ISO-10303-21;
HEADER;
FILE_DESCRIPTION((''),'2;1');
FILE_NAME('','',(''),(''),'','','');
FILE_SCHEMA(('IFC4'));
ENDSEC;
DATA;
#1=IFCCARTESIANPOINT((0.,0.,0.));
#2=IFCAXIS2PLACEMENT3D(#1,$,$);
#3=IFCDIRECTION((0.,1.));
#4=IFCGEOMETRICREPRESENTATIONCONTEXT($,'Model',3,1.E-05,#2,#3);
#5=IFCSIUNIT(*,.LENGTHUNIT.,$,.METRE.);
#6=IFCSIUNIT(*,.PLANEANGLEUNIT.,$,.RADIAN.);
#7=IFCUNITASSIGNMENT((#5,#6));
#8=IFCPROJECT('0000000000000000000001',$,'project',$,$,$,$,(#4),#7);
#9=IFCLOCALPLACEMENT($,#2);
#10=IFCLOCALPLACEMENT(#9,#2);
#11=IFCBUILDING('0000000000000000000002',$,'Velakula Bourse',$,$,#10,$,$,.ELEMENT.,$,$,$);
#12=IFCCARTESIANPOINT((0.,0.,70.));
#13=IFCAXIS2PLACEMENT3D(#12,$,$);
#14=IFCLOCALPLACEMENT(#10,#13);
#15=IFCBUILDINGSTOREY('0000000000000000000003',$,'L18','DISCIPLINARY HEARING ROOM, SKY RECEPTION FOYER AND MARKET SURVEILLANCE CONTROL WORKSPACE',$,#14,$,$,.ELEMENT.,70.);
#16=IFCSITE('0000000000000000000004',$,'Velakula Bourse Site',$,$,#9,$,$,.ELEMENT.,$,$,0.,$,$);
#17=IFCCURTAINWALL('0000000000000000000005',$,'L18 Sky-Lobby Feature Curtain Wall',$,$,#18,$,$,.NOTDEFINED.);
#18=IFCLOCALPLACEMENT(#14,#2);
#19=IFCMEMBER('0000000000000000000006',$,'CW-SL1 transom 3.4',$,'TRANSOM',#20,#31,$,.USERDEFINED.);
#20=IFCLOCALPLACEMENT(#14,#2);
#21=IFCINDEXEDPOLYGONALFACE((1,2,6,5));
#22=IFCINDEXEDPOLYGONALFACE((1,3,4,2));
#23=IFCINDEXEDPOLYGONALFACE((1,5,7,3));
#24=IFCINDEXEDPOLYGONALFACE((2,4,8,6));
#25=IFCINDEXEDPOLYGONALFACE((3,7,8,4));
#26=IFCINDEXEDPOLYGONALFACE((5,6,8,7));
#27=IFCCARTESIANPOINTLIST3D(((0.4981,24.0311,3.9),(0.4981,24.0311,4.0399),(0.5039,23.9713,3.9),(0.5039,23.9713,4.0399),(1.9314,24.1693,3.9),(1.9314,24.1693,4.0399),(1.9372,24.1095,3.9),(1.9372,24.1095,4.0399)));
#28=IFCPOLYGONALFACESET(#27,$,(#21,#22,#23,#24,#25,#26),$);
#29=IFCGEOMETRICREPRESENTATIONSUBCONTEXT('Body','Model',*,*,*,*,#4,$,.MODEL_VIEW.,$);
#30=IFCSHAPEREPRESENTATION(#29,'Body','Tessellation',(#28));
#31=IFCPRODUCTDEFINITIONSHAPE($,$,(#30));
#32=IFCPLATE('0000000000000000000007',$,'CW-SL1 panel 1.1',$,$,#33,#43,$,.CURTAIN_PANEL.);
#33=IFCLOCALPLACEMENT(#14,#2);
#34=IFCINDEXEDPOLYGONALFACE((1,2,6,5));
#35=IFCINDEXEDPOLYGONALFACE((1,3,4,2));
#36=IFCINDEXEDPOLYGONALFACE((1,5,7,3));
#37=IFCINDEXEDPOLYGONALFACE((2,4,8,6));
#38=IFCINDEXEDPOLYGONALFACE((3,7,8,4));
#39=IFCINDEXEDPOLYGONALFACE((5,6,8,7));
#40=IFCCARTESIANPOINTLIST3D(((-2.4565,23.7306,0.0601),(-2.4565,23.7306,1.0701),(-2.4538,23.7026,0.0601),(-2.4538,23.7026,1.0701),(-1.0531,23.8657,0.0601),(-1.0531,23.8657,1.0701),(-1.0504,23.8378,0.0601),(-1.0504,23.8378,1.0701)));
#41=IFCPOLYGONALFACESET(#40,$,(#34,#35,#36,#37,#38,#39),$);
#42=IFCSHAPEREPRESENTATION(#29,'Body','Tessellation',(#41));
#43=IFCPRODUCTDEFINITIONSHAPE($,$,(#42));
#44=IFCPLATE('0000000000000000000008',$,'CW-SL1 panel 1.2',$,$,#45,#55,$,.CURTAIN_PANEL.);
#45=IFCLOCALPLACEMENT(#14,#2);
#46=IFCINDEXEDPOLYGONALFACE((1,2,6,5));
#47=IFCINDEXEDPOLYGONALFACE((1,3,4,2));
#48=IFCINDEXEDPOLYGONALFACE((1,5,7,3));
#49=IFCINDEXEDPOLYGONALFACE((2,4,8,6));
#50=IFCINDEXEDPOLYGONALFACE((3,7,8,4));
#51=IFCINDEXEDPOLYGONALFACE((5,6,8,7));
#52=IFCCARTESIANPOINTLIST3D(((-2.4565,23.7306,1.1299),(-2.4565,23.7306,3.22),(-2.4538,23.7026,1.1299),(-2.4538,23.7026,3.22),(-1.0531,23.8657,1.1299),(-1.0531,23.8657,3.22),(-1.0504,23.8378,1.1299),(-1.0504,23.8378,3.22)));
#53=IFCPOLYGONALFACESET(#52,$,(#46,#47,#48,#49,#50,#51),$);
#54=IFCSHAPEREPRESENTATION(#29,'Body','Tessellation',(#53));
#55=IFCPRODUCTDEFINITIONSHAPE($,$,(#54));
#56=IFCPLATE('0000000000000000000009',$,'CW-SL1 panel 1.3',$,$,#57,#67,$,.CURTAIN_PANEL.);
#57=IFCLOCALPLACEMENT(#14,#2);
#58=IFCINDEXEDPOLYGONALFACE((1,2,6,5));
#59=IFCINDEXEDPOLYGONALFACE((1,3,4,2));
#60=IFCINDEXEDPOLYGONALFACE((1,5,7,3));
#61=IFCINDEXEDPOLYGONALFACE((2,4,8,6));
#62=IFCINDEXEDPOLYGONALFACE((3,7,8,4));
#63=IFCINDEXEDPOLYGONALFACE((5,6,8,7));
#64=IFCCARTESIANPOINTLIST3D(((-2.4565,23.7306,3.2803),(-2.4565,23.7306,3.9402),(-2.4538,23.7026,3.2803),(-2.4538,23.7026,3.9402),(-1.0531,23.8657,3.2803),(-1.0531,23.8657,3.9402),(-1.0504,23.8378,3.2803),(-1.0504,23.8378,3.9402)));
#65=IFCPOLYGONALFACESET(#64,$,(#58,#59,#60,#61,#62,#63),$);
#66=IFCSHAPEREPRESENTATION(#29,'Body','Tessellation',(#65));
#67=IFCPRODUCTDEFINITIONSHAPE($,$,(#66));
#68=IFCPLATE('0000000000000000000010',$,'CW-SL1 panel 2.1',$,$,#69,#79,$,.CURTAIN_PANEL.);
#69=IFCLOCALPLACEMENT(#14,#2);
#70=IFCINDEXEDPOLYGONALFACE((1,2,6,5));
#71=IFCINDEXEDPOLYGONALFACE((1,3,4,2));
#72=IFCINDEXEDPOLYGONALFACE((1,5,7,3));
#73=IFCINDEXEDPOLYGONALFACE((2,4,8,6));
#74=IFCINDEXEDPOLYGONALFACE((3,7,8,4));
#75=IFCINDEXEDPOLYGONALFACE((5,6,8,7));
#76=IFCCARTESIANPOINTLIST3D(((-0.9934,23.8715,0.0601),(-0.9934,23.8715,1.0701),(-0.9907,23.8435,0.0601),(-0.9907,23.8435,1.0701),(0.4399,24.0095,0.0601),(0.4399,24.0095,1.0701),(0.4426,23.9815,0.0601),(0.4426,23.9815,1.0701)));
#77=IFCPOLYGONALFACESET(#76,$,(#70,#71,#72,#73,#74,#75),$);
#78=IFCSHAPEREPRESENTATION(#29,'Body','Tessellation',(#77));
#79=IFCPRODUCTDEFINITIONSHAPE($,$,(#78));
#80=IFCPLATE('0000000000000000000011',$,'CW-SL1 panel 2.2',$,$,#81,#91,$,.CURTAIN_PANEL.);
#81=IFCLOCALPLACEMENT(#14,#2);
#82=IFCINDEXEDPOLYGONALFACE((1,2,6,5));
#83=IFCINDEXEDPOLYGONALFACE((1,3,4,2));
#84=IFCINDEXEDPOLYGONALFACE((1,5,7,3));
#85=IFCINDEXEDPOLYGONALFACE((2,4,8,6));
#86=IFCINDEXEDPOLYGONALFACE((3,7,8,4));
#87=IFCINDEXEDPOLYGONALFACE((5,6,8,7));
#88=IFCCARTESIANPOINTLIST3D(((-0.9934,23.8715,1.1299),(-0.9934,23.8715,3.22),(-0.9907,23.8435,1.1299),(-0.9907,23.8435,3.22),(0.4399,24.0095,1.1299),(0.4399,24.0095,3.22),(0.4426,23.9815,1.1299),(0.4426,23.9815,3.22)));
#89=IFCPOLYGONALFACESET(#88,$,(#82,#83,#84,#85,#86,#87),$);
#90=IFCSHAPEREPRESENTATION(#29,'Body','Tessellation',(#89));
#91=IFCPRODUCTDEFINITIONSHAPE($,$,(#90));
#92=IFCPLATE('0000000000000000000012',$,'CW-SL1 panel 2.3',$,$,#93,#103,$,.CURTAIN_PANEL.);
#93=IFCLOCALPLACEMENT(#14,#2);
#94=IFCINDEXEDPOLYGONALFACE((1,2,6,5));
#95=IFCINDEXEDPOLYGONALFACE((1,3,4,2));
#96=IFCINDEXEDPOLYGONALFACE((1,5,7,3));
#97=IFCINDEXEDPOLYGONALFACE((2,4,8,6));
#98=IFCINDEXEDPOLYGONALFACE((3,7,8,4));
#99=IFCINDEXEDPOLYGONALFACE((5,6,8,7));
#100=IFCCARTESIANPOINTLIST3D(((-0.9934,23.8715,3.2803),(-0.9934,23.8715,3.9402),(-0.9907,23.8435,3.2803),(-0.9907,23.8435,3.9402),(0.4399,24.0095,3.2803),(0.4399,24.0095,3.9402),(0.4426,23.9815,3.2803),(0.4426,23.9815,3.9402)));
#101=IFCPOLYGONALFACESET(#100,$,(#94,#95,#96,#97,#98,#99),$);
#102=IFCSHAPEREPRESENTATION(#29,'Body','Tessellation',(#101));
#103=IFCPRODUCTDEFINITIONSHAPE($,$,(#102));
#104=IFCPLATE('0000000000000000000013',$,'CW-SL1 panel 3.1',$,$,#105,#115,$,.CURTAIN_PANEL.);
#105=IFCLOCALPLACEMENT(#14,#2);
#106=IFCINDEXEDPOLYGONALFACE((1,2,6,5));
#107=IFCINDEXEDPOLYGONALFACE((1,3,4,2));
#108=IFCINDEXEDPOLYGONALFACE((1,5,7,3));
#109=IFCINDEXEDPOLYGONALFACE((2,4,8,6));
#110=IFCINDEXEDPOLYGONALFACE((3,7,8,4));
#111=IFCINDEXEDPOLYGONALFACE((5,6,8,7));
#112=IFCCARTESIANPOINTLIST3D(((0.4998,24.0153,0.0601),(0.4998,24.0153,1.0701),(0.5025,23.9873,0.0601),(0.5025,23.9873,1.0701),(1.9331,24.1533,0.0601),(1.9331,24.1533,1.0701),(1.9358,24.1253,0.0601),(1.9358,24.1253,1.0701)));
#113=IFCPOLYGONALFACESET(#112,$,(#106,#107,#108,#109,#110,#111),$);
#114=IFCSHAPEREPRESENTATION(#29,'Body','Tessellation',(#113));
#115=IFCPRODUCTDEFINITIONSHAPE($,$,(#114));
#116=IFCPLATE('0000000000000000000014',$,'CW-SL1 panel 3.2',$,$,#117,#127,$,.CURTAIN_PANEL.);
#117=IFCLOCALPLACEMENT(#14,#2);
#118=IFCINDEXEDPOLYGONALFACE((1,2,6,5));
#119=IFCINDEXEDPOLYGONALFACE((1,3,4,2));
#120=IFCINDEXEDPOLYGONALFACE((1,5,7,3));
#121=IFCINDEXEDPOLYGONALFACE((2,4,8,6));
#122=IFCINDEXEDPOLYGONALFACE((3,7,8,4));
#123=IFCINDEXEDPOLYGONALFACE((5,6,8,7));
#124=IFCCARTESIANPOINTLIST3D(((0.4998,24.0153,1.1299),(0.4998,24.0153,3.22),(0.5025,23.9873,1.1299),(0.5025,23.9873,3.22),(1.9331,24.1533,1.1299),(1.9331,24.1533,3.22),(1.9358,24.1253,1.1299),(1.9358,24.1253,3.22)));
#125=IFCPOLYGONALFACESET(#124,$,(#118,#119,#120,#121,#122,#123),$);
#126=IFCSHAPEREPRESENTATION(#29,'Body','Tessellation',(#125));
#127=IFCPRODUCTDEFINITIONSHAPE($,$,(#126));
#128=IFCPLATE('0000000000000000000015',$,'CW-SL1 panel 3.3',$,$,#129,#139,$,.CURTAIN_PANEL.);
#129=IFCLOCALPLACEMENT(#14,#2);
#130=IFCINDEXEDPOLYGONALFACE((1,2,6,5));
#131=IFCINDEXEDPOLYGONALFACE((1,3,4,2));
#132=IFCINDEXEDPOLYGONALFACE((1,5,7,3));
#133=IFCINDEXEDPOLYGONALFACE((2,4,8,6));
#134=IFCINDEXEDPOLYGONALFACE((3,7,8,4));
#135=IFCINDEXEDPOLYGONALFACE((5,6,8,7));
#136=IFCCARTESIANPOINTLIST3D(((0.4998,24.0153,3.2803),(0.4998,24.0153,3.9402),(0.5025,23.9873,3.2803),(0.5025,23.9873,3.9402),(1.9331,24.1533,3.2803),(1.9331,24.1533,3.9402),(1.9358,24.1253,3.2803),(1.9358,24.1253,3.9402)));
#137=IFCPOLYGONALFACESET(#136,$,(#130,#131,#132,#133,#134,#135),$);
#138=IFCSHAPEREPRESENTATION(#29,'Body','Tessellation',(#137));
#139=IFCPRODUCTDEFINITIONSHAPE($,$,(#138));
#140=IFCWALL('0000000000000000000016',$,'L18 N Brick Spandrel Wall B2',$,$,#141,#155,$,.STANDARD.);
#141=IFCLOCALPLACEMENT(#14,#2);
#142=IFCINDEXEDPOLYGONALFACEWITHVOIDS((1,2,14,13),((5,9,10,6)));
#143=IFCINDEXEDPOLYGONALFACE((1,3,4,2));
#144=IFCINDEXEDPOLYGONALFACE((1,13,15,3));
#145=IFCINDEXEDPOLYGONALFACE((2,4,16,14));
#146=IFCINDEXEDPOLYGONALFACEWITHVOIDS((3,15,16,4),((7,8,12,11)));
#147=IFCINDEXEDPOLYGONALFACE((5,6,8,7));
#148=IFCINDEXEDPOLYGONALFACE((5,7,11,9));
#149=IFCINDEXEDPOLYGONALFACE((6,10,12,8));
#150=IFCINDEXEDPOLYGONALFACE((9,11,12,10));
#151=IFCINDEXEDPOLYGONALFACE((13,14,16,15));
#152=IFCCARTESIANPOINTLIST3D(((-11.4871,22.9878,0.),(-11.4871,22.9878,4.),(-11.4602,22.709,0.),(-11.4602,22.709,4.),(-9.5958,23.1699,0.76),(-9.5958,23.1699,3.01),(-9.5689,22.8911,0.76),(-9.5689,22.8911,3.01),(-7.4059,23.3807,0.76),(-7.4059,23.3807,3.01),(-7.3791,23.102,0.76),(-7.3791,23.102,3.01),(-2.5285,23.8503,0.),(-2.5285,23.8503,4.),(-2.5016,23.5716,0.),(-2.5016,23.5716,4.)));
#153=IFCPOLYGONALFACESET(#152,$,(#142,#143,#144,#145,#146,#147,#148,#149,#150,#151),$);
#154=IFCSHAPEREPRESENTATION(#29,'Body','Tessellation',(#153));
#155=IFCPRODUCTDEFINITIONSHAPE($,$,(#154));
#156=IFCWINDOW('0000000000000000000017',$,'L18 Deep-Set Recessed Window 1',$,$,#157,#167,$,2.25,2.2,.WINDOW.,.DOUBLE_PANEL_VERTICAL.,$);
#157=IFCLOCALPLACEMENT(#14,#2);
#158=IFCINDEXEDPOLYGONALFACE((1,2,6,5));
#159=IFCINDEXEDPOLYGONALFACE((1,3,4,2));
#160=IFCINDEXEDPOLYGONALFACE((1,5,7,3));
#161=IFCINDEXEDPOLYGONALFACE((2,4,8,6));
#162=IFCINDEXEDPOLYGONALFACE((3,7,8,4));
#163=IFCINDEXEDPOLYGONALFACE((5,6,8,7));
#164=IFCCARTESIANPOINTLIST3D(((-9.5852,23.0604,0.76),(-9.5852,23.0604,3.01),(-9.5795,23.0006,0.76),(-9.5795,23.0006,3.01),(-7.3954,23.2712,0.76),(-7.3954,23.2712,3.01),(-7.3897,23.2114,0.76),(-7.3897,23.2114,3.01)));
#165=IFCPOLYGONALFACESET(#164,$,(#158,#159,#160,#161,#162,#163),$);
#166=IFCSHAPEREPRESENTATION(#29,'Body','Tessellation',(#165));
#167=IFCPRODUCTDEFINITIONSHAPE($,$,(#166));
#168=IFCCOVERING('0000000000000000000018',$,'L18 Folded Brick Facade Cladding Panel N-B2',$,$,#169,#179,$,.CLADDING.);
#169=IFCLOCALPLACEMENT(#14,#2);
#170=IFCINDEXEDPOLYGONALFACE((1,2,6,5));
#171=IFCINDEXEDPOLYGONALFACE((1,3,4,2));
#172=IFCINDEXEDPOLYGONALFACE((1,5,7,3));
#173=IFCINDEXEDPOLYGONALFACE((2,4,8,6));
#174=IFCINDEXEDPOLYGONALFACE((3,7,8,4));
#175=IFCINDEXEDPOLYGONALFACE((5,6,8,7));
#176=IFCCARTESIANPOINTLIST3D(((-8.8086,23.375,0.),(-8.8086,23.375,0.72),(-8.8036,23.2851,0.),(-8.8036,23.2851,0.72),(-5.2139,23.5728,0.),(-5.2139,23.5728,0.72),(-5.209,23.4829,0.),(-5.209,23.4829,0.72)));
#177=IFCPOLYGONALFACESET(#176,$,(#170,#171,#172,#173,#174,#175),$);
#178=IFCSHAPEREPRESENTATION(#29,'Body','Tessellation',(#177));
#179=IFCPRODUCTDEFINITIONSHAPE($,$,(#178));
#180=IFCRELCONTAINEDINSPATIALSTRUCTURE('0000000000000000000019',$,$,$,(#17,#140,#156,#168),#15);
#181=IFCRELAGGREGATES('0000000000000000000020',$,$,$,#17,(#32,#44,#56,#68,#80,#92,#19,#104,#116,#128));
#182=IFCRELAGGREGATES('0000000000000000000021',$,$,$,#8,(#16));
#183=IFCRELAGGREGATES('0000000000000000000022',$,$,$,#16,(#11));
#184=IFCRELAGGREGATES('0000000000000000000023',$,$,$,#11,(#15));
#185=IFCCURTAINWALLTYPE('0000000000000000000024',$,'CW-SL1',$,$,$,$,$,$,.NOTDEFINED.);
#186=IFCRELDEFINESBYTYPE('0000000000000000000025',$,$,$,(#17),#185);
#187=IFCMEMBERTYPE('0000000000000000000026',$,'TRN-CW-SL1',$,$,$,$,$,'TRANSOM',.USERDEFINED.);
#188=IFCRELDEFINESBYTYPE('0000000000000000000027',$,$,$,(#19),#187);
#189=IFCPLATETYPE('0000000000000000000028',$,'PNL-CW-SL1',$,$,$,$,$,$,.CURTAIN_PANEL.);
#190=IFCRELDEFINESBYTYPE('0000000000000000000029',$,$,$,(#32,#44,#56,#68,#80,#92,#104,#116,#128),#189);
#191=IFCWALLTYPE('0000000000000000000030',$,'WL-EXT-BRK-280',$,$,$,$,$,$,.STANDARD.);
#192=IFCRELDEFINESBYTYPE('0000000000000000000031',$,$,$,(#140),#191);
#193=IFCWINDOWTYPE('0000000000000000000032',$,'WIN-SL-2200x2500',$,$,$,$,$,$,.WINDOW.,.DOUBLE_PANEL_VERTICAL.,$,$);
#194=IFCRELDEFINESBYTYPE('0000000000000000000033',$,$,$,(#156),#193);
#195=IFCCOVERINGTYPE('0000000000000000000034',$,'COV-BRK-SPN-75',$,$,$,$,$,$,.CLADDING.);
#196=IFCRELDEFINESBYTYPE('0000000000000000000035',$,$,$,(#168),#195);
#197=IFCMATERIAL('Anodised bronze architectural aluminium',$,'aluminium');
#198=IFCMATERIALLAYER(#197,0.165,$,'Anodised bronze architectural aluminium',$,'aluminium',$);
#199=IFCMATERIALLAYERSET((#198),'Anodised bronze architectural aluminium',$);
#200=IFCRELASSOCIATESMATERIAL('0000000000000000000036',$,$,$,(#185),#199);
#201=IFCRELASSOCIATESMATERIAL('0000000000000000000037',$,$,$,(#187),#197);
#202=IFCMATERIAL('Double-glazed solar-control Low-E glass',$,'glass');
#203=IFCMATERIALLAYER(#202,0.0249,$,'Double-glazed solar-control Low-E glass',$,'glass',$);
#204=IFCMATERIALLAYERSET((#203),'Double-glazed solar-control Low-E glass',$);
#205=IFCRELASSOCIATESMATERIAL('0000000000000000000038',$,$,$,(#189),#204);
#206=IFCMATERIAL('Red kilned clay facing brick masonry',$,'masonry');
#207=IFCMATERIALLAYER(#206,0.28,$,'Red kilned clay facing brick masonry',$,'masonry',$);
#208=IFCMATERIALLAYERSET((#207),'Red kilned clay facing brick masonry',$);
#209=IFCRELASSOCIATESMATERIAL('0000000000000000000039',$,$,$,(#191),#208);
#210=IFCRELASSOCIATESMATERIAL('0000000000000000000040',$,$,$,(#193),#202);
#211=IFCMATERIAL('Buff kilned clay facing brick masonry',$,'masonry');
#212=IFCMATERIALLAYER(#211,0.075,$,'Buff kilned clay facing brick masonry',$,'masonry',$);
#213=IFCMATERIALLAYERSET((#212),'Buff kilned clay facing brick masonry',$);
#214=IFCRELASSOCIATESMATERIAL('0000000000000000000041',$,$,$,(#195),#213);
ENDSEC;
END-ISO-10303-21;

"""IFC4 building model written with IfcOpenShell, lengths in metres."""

from ifc_helpers import new_model, si_unit, direction, frame, frame_2d, origin, origin_2d, place, context, subcontext, project, spatial, rectangle, extrude, material, layer, layer_set, material_profile, profile_set, type_object, element, fill, aggregate, save


model = new_model("IFC4")

# Units and contexts
model_context = context("Model", 3, precision=1e-05, world=origin(), true_north=direction((0.0, 1.0)))
body_context = subcontext(model_context, "Body", "Model", "MODEL_VIEW")
ifc_project = project(units=[si_unit("LENGTHUNIT", "METRE"), si_unit("PLANEANGLEUNIT", "RADIAN")], contexts=[model_context])

# Site, building, storey
site_placement = place(None, origin())
site = spatial("IfcSite", under=ifc_project, at=site_placement, Name="Velakula Bourse Site", CompositionType="ELEMENT", RefElevation=0.0)
building_placement = place(site_placement, origin())
building = spatial("IfcBuilding", under=site, at=building_placement, Name="Velakula Bourse", CompositionType="ELEMENT")
storey_placement = place(building_placement, frame((0.0, 0.0, 70.0)))
storey = spatial("IfcBuildingStorey", under=building, at=storey_placement, Name="L18", Description="DISCIPLINARY HEARING ROOM, SKY RECEPTION FOYER AND MARKET SURVEILLANCE CONTROL WORKSPACE", CompositionType="ELEMENT", Elevation=70.0)

# Curtain wall, member, plates
ifc_material_1 = material(Name="Anodised bronze architectural aluminium", Category="aluminium")
ifc_layer_1 = layer(ifc_material_1, 0.165, Name="Anodised bronze architectural aluminium", Category="aluminium")
ifc_layer_set_1 = layer_set([ifc_layer_1], Name="Anodised bronze architectural aluminium")
curtain_wall_type = type_object("IfcCurtainWallType", Name="CW-SL1", PredefinedType="NOTDEFINED", material=ifc_layer_set_1)
curtain_wall_placement = place(storey_placement, origin())
curtain_wall = element("IfcCurtainWall", 1, at=curtain_wall_placement, inside=storey, type_object=curtain_wall_type, Name="L18 Sky-Lobby Feature Curtain Wall", PredefinedType="NOTDEFINED")
ifc_material_profile_1 = material_profile(ifc_material_1, rectangle(XDim=0.0601, YDim=0.1399, at=origin_2d()), Name="Anodised bronze architectural aluminium")
ifc_profile_set_1 = profile_set([ifc_material_profile_1], Name="Anodised bronze architectural aluminium")
member_type_1 = type_object("IfcMemberType", Name="TRN-CW-SL1", ElementType="TRANSOM", PredefinedType="USERDEFINED", material=ifc_profile_set_1)
member_1_placement = place(storey_placement, frame((0.501, 24.0012, 3.97), z_axis=(0.995385, 0.095961, 0.0), x_axis=(-0.095961, 0.995385, 0.0)))
member_1 = element("IfcMember", 2, at=member_1_placement, type_object=member_type_1, Name="CW-SL1 transom 3.4", ObjectType="TRANSOM", PredefinedType="USERDEFINED", context=body_context, shape_type="SweptSolid", body=[
    extrude(rectangle(XDim=0.0601, YDim=0.1399, at=origin_2d()), origin(), (0.0, 0.0, 1.0), 1.4399),
])
ifc_material_2 = material(Name="Double-glazed solar-control Low-E glass", Category="glass")
ifc_layer_2 = layer(ifc_material_2, 0.0249, Name="Double-glazed solar-control Low-E glass", Category="glass")
ifc_layer_set_2 = layer_set([ifc_layer_2], Name="Double-glazed solar-control Low-E glass")
plate_type = type_object("IfcPlateType", Name="PNL-CW-SL1", PredefinedType="CURTAIN_PANEL", material=ifc_layer_set_2)
plate_1_placement = place(storey_placement, frame((-1.7534, 23.7842, 0.0601), z_axis=(0.0, 0.0, 1.0), x_axis=(0.995396, 0.095845, 0.0)))
plate_1 = element("IfcPlate", 3, at=plate_1_placement, type_object=plate_type, Name="CW-SL1 panel 1.1", PredefinedType="CURTAIN_PANEL", context=body_context, shape_type="SweptSolid", body=[
    extrude(rectangle(XDim=1.4099, YDim=0.0281, at=origin_2d()), origin(), (0.0, 0.0, 1.0), 1.01),
])
plate_2_placement = place(storey_placement, frame((-1.7534, 23.7842, 1.1299), z_axis=(0.0, 0.0, 1.0), x_axis=(0.995396, 0.095845, 0.0)))
plate_2 = element("IfcPlate", 4, at=plate_2_placement, type_object=plate_type, Name="CW-SL1 panel 1.2", PredefinedType="CURTAIN_PANEL", context=body_context, shape_type="SweptSolid", body=[
    extrude(rectangle(XDim=1.4099, YDim=0.0281, at=origin_2d()), origin(), (0.0, 0.0, 1.0), 2.0901),
])
plate_3_placement = place(storey_placement, frame((-1.7534, 23.7842, 3.2803), z_axis=(0.0, 0.0, 1.0), x_axis=(0.995396, 0.095845, 0.0)))
plate_3 = element("IfcPlate", 5, at=plate_3_placement, type_object=plate_type, Name="CW-SL1 panel 1.3", PredefinedType="CURTAIN_PANEL", context=body_context, shape_type="SweptSolid", body=[
    extrude(rectangle(XDim=1.4099, YDim=0.0281, at=origin_2d()), origin(), (0.0, 0.0, 1.0), 0.6599),
])
plate_4_placement = place(storey_placement, frame((-0.2754, 23.9265, 0.0601), z_axis=(0.0, 0.0, 1.0), x_axis=(0.995396, 0.095845, 0.0)))
plate_4 = element("IfcPlate", 6, at=plate_4_placement, type_object=plate_type, Name="CW-SL1 panel 2.1", PredefinedType="CURTAIN_PANEL", context=body_context, shape_type="SweptSolid", body=[
    extrude(rectangle(XDim=1.4399, YDim=0.0281, at=origin_2d()), origin(), (0.0, 0.0, 1.0), 1.01),
])
plate_5_placement = place(storey_placement, frame((-0.2754, 23.9265, 1.1299), z_axis=(0.0, 0.0, 1.0), x_axis=(0.995396, 0.095845, 0.0)))
plate_5 = element("IfcPlate", 7, at=plate_5_placement, type_object=plate_type, Name="CW-SL1 panel 2.2", PredefinedType="CURTAIN_PANEL", context=body_context, shape_type="SweptSolid", body=[
    extrude(rectangle(XDim=1.4399, YDim=0.0281, at=origin_2d()), origin(), (0.0, 0.0, 1.0), 2.0901),
])
plate_6_placement = place(storey_placement, frame((-0.2754, 23.9265, 3.2803), z_axis=(0.0, 0.0, 1.0), x_axis=(0.995396, 0.095845, 0.0)))
plate_6 = element("IfcPlate", 8, at=plate_6_placement, type_object=plate_type, Name="CW-SL1 panel 2.3", PredefinedType="CURTAIN_PANEL", context=body_context, shape_type="SweptSolid", body=[
    extrude(rectangle(XDim=1.4399, YDim=0.0281, at=origin_2d()), origin(), (0.0, 0.0, 1.0), 0.6599),
])
plate_7_placement = place(storey_placement, frame((1.2178, 24.0703, 0.0601), z_axis=(0.0, 0.0, 1.0), x_axis=(0.995396, 0.095845, 0.0)))
plate_7 = element("IfcPlate", 9, at=plate_7_placement, type_object=plate_type, Name="CW-SL1 panel 3.1", PredefinedType="CURTAIN_PANEL", context=body_context, shape_type="SweptSolid", body=[
    extrude(rectangle(XDim=1.4399, YDim=0.0281, at=origin_2d()), origin(), (0.0, 0.0, 1.0), 1.01),
])
plate_8_placement = place(storey_placement, frame((1.2178, 24.0703, 1.1299), z_axis=(0.0, 0.0, 1.0), x_axis=(0.995396, 0.095845, 0.0)))
plate_8 = element("IfcPlate", 10, at=plate_8_placement, type_object=plate_type, Name="CW-SL1 panel 3.2", PredefinedType="CURTAIN_PANEL", context=body_context, shape_type="SweptSolid", body=[
    extrude(rectangle(XDim=1.4399, YDim=0.0281, at=origin_2d()), origin(), (0.0, 0.0, 1.0), 2.0901),
])
plate_9_placement = place(storey_placement, frame((1.2178, 24.0703, 3.2803), z_axis=(0.0, 0.0, 1.0), x_axis=(0.995396, 0.095845, 0.0)))
plate_9 = element("IfcPlate", 11, at=plate_9_placement, type_object=plate_type, Name="CW-SL1 panel 3.3", PredefinedType="CURTAIN_PANEL", context=body_context, shape_type="SweptSolid", body=[
    extrude(rectangle(XDim=1.4399, YDim=0.0281, at=origin_2d()), origin(), (0.0, 0.0, 1.0), 0.6599),
])
aggregate(curtain_wall, [plate_1, plate_2, plate_3, plate_4, plate_5, plate_6, member_1, plate_7, plate_8, plate_9])

# Wall, opening, window
ifc_material_3 = material(Name="Red kilned clay facing brick masonry", Category="masonry")
ifc_layer_3 = layer(ifc_material_3, 0.28, Name="Red kilned clay facing brick masonry", Category="masonry")
ifc_layer_set_3 = layer_set([ifc_layer_3], Name="Red kilned clay facing brick masonry")
wall_type = type_object("IfcWallType", Name="WL-EXT-BRK-280", PredefinedType="STANDARD", material=ifc_layer_set_3)
wall_placement = place(storey_placement, frame((-11.4736, 22.8484, 0.0), z_axis=(0.0, 0.0, 1.0), x_axis=(0.995397, 0.09584, 0.0)))
wall = element("IfcWall", 12, at=wall_placement, inside=storey, type_object=wall_type, Name="L18 N Brick Spandrel Wall B2", PredefinedType="STANDARD", context=body_context, shape_type="SweptSolid", body=[
    extrude(rectangle(XDim=9.0, YDim=0.28, at=frame_2d((4.5, 0.0))), origin(), (0.0, 0.0, 1.0), 4.0),
])
opening_placement = place(wall_placement, frame((1.8999, 0.0, 0.76)))
opening = element("IfcOpeningElement", 13, at=opening_placement, cuts=wall, PredefinedType="OPENING", context=body_context, shape_type="SweptSolid", body=[
    extrude(rectangle(XDim=2.2, YDim=2.25, at=frame_2d((1.1001, 1.125))), frame((0.0, 0.1499, 0.0), z_axis=(0.0, -1.0, 0.0), x_axis=(1.0, 0.0, 0.0)), (0.0, 0.0, 1.0), 0.3),
])
window_type = type_object("IfcWindowType", Name="WIN-SL-2200x2500", PartitioningType="DOUBLE_PANEL_VERTICAL", PredefinedType="WINDOW", material=ifc_material_2)
window_placement = place(opening_placement, origin())
window = element("IfcWindow", 14, at=window_placement, inside=storey, type_object=window_type, Name="L18 Deep-Set Recessed Window 1", OverallHeight=2.25, OverallWidth=2.2, PartitioningType="DOUBLE_PANEL_VERTICAL", PredefinedType="WINDOW", context=body_context, shape_type="SweptSolid", body=[
    extrude(rectangle(XDim=2.2, YDim=2.25, at=frame_2d((1.1001, 1.125))), frame((0.0, 0.03, 0.0), z_axis=(0.0, -1.0, 0.0), x_axis=(1.0, 0.0, 0.0)), (0.0, 0.0, 1.0), 0.0601),
])
fill(opening, window)

# Covering
ifc_material_4 = material(Name="Buff kilned clay facing brick masonry", Category="masonry")
ifc_layer_4 = layer(ifc_material_4, 0.075, Name="Buff kilned clay facing brick masonry", Category="masonry")
ifc_layer_set_4 = layer_set([ifc_layer_4], Name="Buff kilned clay facing brick masonry")
covering_type = type_object("IfcCoveringType", Name="COV-BRK-SPN-75", PredefinedType="CLADDING", material=ifc_layer_set_4)
covering_placement = place(storey_placement, frame((-7.0088, 23.429, 0.0), z_axis=(0.0, 0.0, 1.0), x_axis=(0.998489, 0.05495, 0.0)))
element("IfcCovering", 15, at=covering_placement, inside=storey, type_object=covering_type, Name="L18 Folded Brick Facade Cladding Panel N-B2", PredefinedType="CLADDING", context=body_context, shape_type="SweptSolid", body=[
    extrude(rectangle(XDim=3.6001, YDim=0.0901, at=origin_2d()), origin(), (0.0, 0.0, 1.0), 0.72),
])

save(model, "model.ifc")
